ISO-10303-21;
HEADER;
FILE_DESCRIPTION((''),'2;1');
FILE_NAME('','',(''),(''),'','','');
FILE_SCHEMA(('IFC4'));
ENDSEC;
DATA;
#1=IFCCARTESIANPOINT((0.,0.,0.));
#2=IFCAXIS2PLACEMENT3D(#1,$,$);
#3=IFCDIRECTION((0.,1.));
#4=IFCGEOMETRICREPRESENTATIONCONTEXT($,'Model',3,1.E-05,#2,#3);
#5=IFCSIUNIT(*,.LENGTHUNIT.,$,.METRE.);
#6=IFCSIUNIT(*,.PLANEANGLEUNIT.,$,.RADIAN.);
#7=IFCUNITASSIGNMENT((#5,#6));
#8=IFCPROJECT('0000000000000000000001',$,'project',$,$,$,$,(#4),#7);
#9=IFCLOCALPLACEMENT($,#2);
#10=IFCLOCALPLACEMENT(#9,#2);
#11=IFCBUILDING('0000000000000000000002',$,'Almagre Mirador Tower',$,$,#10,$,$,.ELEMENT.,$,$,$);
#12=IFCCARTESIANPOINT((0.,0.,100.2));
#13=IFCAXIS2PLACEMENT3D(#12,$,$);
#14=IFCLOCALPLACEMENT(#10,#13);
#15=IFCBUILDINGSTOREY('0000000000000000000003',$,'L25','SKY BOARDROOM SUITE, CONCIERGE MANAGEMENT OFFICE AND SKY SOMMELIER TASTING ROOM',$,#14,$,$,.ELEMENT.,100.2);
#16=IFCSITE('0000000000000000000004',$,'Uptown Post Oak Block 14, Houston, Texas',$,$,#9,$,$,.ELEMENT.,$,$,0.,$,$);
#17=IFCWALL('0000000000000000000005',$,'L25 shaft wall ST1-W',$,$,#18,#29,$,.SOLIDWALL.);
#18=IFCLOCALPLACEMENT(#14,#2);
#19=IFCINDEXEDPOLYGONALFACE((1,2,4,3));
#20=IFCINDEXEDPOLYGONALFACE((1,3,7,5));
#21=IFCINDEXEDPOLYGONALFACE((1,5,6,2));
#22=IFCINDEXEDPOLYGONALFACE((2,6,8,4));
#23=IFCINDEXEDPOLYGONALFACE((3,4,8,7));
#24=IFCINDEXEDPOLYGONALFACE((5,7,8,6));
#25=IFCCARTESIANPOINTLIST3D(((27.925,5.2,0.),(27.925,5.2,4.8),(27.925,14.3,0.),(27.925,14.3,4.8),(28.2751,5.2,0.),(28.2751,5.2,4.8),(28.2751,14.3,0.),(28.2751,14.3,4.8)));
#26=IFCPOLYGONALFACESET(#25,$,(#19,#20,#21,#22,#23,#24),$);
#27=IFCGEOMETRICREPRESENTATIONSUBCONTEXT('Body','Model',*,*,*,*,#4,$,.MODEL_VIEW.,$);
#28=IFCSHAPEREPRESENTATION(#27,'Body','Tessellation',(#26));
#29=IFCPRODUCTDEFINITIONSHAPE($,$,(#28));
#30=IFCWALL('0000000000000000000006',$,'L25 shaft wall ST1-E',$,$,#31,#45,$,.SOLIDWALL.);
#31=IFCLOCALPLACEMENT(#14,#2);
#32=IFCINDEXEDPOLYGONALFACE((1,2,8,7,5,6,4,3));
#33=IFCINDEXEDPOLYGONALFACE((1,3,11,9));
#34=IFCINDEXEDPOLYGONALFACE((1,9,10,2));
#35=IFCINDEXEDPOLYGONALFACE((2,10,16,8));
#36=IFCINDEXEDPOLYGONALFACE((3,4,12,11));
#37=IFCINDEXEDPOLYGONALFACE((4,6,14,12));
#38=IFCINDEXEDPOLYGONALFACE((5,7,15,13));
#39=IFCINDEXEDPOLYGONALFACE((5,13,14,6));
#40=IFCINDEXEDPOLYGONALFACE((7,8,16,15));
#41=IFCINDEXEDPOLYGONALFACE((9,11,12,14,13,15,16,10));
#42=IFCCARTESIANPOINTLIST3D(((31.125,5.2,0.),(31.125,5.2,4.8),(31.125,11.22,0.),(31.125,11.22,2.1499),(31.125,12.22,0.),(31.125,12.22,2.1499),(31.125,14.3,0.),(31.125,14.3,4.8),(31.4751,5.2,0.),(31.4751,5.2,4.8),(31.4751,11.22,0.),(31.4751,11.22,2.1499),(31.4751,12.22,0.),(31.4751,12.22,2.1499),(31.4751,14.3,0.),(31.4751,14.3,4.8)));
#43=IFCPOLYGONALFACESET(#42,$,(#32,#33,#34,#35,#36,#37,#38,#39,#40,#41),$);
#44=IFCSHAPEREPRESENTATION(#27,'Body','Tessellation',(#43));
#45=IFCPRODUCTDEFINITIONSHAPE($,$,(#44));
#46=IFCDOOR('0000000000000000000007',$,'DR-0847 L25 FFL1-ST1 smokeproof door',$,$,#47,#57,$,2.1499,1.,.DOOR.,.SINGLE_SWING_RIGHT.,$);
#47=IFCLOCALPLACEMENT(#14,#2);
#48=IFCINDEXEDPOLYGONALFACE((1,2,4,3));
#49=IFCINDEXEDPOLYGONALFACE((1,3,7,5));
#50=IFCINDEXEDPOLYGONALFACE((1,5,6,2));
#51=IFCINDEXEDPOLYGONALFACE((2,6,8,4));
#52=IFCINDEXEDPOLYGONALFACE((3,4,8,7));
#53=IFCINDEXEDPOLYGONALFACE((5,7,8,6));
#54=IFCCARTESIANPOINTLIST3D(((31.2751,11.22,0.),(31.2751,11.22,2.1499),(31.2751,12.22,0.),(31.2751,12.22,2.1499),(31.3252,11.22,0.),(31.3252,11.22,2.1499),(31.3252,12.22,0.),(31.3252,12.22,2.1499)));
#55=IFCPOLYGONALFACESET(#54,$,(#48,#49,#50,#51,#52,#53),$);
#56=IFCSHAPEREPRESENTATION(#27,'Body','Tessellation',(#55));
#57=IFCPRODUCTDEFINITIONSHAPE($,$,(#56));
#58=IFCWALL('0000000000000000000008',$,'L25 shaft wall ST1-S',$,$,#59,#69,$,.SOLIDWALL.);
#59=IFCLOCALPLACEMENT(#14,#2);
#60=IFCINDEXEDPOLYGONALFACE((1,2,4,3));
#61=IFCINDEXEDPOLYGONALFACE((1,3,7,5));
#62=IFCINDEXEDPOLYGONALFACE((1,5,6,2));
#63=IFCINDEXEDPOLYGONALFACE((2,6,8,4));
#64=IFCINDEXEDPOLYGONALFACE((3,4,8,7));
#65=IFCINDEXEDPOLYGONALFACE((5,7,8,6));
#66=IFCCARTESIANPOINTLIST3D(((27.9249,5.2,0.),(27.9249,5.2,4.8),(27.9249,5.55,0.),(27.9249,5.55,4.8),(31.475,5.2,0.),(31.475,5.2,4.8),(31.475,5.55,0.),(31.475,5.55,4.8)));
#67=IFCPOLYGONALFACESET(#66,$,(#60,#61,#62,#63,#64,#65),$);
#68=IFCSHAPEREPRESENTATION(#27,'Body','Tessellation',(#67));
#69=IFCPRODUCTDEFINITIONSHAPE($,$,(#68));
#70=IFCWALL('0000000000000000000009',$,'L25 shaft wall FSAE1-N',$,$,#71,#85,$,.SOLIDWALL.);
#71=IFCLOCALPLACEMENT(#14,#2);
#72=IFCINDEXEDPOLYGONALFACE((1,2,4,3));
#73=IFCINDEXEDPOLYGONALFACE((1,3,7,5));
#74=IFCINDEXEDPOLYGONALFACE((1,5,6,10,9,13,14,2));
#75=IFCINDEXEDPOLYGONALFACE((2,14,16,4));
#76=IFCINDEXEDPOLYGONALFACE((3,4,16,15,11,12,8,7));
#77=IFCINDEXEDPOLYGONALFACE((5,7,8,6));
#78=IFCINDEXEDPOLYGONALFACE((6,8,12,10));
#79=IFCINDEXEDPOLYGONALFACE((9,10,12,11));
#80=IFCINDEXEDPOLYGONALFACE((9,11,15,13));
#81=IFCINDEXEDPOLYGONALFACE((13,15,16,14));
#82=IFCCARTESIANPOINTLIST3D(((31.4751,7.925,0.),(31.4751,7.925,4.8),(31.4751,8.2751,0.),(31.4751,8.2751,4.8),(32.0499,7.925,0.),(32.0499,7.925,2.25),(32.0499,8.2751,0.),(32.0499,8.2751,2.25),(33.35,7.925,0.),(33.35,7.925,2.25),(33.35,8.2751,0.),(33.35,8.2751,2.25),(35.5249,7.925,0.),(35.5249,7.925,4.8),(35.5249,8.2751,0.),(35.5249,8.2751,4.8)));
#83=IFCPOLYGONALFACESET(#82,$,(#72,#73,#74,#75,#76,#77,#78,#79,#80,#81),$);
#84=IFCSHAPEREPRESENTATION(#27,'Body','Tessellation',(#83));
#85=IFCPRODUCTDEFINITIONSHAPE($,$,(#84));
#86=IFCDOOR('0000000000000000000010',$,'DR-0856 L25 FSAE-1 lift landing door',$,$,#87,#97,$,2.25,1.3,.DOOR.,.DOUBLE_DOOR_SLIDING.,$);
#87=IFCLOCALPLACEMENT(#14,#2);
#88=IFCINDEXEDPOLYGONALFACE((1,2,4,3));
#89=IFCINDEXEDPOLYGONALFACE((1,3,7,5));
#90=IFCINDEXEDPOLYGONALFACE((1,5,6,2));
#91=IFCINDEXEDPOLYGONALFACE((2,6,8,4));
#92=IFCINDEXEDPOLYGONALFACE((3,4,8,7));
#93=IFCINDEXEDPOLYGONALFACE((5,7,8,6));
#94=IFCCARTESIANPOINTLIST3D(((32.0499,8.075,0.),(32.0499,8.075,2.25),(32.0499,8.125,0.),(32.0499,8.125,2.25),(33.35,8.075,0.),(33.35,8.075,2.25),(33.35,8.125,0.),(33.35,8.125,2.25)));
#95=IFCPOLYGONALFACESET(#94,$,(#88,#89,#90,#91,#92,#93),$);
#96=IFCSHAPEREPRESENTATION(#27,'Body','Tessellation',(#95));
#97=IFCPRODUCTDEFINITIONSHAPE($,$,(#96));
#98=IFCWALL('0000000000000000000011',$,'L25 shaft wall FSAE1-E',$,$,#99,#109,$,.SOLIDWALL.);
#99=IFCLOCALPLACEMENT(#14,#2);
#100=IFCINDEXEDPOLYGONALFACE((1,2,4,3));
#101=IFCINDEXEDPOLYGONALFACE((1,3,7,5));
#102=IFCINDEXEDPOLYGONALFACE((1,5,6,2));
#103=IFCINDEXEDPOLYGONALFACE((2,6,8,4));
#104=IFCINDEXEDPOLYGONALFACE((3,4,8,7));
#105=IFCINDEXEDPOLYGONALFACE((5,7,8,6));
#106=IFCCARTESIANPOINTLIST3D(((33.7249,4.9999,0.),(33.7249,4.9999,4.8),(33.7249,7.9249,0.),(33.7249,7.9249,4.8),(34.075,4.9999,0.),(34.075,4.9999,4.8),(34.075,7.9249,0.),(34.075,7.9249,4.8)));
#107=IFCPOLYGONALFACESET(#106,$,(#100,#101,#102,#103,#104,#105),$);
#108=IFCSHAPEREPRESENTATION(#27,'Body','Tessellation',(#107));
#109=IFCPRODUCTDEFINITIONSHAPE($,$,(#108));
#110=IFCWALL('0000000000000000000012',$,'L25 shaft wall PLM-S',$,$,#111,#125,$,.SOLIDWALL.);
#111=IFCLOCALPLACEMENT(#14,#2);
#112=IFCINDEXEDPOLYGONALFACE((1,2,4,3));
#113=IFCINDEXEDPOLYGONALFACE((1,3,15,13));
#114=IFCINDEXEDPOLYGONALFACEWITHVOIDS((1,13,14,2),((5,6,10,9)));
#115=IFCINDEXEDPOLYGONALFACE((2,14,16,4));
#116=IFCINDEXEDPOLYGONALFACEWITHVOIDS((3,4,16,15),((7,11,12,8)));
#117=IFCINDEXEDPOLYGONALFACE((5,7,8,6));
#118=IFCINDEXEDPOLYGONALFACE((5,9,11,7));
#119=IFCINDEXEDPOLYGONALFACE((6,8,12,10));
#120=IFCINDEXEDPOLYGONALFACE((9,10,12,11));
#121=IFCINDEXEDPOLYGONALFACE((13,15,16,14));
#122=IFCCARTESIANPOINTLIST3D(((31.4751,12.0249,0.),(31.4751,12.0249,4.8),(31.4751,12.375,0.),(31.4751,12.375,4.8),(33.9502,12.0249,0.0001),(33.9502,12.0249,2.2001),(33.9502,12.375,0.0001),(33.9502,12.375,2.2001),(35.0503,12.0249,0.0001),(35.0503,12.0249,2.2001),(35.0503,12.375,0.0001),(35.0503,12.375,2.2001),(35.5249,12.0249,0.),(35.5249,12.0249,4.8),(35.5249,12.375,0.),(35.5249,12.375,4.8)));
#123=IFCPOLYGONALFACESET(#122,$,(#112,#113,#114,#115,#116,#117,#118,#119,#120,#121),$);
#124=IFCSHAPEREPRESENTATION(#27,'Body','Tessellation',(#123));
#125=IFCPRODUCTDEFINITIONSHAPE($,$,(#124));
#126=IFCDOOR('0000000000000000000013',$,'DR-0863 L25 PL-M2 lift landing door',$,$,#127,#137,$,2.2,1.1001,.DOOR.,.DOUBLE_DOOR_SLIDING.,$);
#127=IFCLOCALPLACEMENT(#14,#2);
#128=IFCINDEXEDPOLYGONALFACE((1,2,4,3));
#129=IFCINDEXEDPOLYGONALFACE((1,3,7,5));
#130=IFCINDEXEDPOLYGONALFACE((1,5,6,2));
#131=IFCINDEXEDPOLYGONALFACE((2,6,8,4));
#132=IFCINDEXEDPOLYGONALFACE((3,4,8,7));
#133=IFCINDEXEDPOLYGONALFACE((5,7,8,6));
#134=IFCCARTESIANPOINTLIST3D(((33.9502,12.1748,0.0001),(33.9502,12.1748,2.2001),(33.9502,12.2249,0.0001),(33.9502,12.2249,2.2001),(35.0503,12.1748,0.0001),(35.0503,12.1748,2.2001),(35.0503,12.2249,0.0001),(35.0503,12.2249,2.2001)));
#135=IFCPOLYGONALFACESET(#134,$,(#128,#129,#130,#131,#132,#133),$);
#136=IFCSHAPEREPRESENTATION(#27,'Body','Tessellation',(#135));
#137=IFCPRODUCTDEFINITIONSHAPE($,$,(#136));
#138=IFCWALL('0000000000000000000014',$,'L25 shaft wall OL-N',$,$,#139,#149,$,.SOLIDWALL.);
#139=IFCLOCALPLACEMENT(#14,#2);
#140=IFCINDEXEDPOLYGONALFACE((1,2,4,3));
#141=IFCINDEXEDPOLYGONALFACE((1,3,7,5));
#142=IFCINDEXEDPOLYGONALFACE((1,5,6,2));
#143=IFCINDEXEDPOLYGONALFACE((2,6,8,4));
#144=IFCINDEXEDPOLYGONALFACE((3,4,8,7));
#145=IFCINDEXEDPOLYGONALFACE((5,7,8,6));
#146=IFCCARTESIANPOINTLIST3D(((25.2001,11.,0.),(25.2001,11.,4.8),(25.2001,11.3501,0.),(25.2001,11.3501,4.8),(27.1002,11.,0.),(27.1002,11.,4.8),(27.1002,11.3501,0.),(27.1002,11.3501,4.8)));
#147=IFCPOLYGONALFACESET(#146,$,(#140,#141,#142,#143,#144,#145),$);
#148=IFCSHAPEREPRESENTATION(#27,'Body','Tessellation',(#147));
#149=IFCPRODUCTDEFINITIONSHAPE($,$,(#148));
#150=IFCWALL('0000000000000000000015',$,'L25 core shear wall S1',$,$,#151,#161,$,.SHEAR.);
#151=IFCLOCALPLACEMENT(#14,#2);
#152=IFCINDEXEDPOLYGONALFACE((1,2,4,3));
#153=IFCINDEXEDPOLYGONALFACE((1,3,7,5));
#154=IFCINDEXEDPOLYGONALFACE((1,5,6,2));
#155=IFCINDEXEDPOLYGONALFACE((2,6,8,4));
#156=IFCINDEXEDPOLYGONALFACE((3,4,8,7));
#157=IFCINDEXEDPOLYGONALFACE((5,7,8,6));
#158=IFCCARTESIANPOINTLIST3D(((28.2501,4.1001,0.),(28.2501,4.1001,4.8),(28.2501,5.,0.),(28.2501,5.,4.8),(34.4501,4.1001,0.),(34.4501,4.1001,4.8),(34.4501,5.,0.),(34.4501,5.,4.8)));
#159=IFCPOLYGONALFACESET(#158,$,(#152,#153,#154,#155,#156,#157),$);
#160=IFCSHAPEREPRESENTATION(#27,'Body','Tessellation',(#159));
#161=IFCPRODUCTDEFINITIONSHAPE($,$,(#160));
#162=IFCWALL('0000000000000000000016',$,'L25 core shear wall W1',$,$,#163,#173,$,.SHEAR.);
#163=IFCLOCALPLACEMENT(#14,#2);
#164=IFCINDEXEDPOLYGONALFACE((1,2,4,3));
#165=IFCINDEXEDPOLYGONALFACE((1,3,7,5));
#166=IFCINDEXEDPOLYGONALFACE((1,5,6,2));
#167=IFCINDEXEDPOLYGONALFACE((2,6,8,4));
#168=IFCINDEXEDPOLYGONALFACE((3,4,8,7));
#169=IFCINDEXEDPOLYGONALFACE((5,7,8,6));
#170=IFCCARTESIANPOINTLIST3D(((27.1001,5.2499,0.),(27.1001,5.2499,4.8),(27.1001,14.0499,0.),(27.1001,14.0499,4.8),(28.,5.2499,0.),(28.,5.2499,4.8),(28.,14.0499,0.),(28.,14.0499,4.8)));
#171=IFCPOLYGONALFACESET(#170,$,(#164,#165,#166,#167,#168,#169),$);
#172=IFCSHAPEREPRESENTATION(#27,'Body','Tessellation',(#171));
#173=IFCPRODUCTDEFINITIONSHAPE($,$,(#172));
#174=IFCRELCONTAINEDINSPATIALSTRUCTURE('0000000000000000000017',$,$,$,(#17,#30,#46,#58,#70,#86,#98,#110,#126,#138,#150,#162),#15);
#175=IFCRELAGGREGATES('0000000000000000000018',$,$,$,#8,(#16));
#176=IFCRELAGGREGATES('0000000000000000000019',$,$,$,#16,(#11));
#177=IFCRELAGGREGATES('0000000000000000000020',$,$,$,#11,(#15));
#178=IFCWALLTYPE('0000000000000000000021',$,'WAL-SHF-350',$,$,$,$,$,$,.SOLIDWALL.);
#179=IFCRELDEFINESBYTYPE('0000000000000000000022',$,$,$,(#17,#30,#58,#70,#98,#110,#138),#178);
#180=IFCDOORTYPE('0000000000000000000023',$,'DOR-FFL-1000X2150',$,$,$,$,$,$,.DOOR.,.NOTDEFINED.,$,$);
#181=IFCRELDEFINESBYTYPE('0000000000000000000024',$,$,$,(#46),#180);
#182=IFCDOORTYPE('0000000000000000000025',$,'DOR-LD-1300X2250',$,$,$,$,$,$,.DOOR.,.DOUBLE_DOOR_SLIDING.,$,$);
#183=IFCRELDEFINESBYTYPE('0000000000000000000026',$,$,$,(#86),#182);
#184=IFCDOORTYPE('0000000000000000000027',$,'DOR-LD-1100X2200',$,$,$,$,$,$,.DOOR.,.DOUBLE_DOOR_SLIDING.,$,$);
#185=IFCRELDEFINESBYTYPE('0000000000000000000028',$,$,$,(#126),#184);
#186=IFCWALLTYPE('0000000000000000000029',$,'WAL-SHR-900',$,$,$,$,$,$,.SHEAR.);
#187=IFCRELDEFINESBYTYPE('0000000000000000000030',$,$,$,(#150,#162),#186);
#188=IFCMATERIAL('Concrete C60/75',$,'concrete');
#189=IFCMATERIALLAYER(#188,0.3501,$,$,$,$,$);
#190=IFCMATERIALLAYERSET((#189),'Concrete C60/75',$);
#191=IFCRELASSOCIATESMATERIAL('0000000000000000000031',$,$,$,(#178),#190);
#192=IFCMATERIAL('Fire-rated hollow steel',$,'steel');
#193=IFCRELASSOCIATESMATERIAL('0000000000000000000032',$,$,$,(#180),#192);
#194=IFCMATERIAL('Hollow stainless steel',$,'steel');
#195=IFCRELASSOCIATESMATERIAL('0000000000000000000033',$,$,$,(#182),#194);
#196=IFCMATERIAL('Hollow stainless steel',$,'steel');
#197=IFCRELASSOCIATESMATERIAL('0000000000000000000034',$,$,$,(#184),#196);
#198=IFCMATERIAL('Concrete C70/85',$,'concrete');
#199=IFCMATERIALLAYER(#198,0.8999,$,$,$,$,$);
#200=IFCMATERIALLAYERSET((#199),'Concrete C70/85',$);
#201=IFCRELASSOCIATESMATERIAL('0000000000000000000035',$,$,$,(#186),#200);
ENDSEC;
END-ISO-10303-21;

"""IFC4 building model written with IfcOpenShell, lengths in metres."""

from ifc_helpers import new_model, si_unit, direction, frame, frame_2d, origin, place, context, subcontext, project, spatial, rectangle, extrude, material, layer, layer_set, type_object, element, fill, save


model = new_model("IFC4")

# Units and contexts
model_context = context("Model", 3, precision=1e-05, world=origin(), true_north=direction((0.0, 1.0)))
body_context = subcontext(model_context, "Body", "Model", "MODEL_VIEW")
ifc_project = project(units=[si_unit("LENGTHUNIT", "METRE"), si_unit("PLANEANGLEUNIT", "RADIAN")], contexts=[model_context])

# Site, building, storey
site_placement = place(None, origin())
site = spatial("IfcSite", under=ifc_project, at=site_placement, Name="Uptown Post Oak Block 14, Houston, Texas", CompositionType="ELEMENT", RefElevation=0.0)
building_placement = place(site_placement, origin())
building = spatial("IfcBuilding", under=site, at=building_placement, Name="Almagre Mirador Tower", CompositionType="ELEMENT")
storey_placement = place(building_placement, frame((0.0, 0.0, 100.2)))
storey = spatial("IfcBuildingStorey", under=building, at=storey_placement, Name="L25", Description="SKY BOARDROOM SUITE, CONCIERGE MANAGEMENT OFFICE AND SKY SOMMELIER TASTING ROOM", CompositionType="ELEMENT", Elevation=100.2)

# Wall
ifc_material_1 = material(Name="Concrete C60/75", Category="concrete")
ifc_layer_1 = layer(ifc_material_1, 0.3501)
ifc_layer_set_1 = layer_set([ifc_layer_1], Name="Concrete C60/75")
wall_type_1 = type_object("IfcWallType", Name="WAL-SHF-350", PredefinedType="SOLIDWALL", material=ifc_layer_set_1)
wall_1_placement = place(storey_placement, frame((28.1001, 5.2, 0.0), z_axis=(0.0, 0.0, 1.0), x_axis=(0.0, 1.0, 0.0)))
element("IfcWall", 1, at=wall_1_placement, inside=storey, type_object=wall_type_1, Name="L25 shaft wall ST1-W", PredefinedType="SOLIDWALL", context=body_context, shape_type="SweptSolid", body=[
    extrude(rectangle(XDim=9.1001, YDim=0.3501, at=frame_2d((4.55, 0.0))), origin(), (0.0, 0.0, 1.0), 4.8),
])

# Wall, opening, door
wall_2_placement = place(storey_placement, frame((31.3, 5.2, 0.0), z_axis=(0.0, 0.0, 1.0), x_axis=(0.0, 1.0, 0.0)))
wall_2 = element("IfcWall", 2, at=wall_2_placement, inside=storey, type_object=wall_type_1, Name="L25 shaft wall ST1-E", PredefinedType="SOLIDWALL", context=body_context, shape_type="SweptSolid", body=[
    extrude(rectangle(XDim=9.1001, YDim=0.3501, at=frame_2d((4.55, 0.0))), origin(), (0.0, 0.0, 1.0), 4.8),
])
opening_1_placement = place(wall_2_placement, frame((6.02, 0.0, 0.0)))
opening_1 = element("IfcOpeningElement", 3, at=opening_1_placement, cuts=wall_2, PredefinedType="OPENING", context=body_context, shape_type="SweptSolid", body=[
    extrude(rectangle(XDim=1.0, YDim=2.1499, at=frame_2d((0.5, 1.075))), frame((0.0, 0.185, 0.0), z_axis=(0.0, -1.0, 0.0), x_axis=(1.0, 0.0, 0.0)), (0.0, 0.0, 1.0), 0.3701),
])
ifc_material_2 = material(Name="Fire-rated hollow steel", Category="steel")
door_type_1 = type_object("IfcDoorType", Name="DOR-FFL-1000X2150", OperationType="NOTDEFINED", PredefinedType="DOOR", material=ifc_material_2)
door_1_placement = place(opening_1_placement, origin())
door_1 = element("IfcDoor", 4, at=door_1_placement, inside=storey, type_object=door_type_1, Name="DR-0847 L25 FFL1-ST1 smokeproof door", OperationType="SINGLE_SWING_RIGHT", OverallHeight=2.1499, OverallWidth=1.0, PredefinedType="DOOR", context=body_context, shape_type="SweptSolid", body=[
    extrude(rectangle(XDim=1.0, YDim=2.1499, at=frame_2d((0.5, 1.075))), frame((0.0, 0.0249, 0.0), z_axis=(0.0, -1.0, 0.0), x_axis=(1.0, 0.0, 0.0)), (0.0, 0.0, 1.0), 0.05),
])
fill(opening_1, door_1)

# Wall
wall_3_placement = place(storey_placement, frame((27.925, 5.375, 0.0), z_axis=(0.0, 0.0, 1.0), x_axis=(1.0, 0.0, 0.0)))
element("IfcWall", 5, at=wall_3_placement, inside=storey, type_object=wall_type_1, Name="L25 shaft wall ST1-S", PredefinedType="SOLIDWALL", context=body_context, shape_type="SweptSolid", body=[
    extrude(rectangle(XDim=3.55, YDim=0.3501, at=frame_2d((1.7749, 0.0))), origin(), (0.0, 0.0, 1.0), 4.8),
])

# Wall, opening, door
wall_4_placement = place(storey_placement, frame((31.4751, 8.1001, 0.0), z_axis=(0.0, 0.0, 1.0), x_axis=(1.0, 0.0, 0.0)))
wall_4 = element("IfcWall", 6, at=wall_4_placement, inside=storey, type_object=wall_type_1, Name="L25 shaft wall FSAE1-N", PredefinedType="SOLIDWALL", context=body_context, shape_type="SweptSolid", body=[
    extrude(rectangle(XDim=4.0498, YDim=0.3501, at=frame_2d((2.0249, 0.0))), origin(), (0.0, 0.0, 1.0), 4.8),
])
opening_2_placement = place(wall_4_placement, frame((0.575, 0.0, 0.0)))
opening_2 = element("IfcOpeningElement", 7, at=opening_2_placement, cuts=wall_4, PredefinedType="OPENING", context=body_context, shape_type="SweptSolid", body=[
    extrude(rectangle(XDim=1.3, YDim=2.25, at=frame_2d((0.6499, 1.125))), frame((0.0, 0.185, 0.0), z_axis=(0.0, -1.0, 0.0), x_axis=(1.0, 0.0, 0.0)), (0.0, 0.0, 1.0), 0.3701),
])
ifc_material_3 = material(Name="Hollow stainless steel", Category="steel")
door_type_2 = type_object("IfcDoorType", Name="DOR-LD-1300X2250", OperationType="DOUBLE_DOOR_SLIDING", PredefinedType="DOOR", material=ifc_material_3)
door_2_placement = place(opening_2_placement, origin())
door_2 = element("IfcDoor", 8, at=door_2_placement, inside=storey, type_object=door_type_2, Name="DR-0856 L25 FSAE-1 lift landing door", OperationType="DOUBLE_DOOR_SLIDING", OverallHeight=2.25, OverallWidth=1.3, PredefinedType="DOOR", context=body_context, shape_type="SweptSolid", body=[
    extrude(rectangle(XDim=1.3, YDim=2.25, at=frame_2d((0.6499, 1.125))), frame((0.0, 0.0249, 0.0), z_axis=(0.0, -1.0, 0.0), x_axis=(1.0, 0.0, 0.0)), (0.0, 0.0, 1.0), 0.05),
])
fill(opening_2, door_2)

# Wall
wall_5_placement = place(storey_placement, frame((33.8999, 5.0, 0.0), z_axis=(0.0, 0.0, 1.0), x_axis=(0.0, 1.0, 0.0)))
element("IfcWall", 9, at=wall_5_placement, inside=storey, type_object=wall_type_1, Name="L25 shaft wall FSAE1-E", PredefinedType="SOLIDWALL", context=body_context, shape_type="SweptSolid", body=[
    extrude(rectangle(XDim=2.925, YDim=0.3501, at=frame_2d((1.4624, 0.0))), origin(), (0.0, 0.0, 1.0), 4.8),
])

# Wall, opening, door
wall_6_placement = place(storey_placement, frame((31.4751, 12.2, 0.0), z_axis=(0.0, 0.0, 1.0), x_axis=(1.0, 0.0, 0.0)))
wall_6 = element("IfcWall", 10, at=wall_6_placement, inside=storey, type_object=wall_type_1, Name="L25 shaft wall PLM-S", PredefinedType="SOLIDWALL", context=body_context, shape_type="SweptSolid", body=[
    extrude(rectangle(XDim=4.0498, YDim=0.3501, at=frame_2d((2.0249, 0.0))), origin(), (0.0, 0.0, 1.0), 4.8),
])
opening_3_placement = place(wall_6_placement, frame((2.4751, 0.0, 0.0)))
opening_3 = element("IfcOpeningElement", 11, at=opening_3_placement, cuts=wall_6, PredefinedType="OPENING", context=body_context, shape_type="SweptSolid", body=[
    extrude(rectangle(XDim=1.1001, YDim=2.2, at=frame_2d((0.55, 1.1001))), frame((0.0, 0.185, 0.0), z_axis=(0.0, -1.0, 0.0), x_axis=(1.0, 0.0, 0.0)), (0.0, 0.0, 1.0), 0.3701),
])
ifc_material_4 = material(Name="Hollow stainless steel", Category="steel")
door_type_3 = type_object("IfcDoorType", Name="DOR-LD-1100X2200", OperationType="DOUBLE_DOOR_SLIDING", PredefinedType="DOOR", material=ifc_material_4)
door_3_placement = place(opening_3_placement, origin())
door_3 = element("IfcDoor", 12, at=door_3_placement, inside=storey, type_object=door_type_3, Name="DR-0863 L25 PL-M2 lift landing door", OperationType="DOUBLE_DOOR_SLIDING", OverallHeight=2.2, OverallWidth=1.1001, PredefinedType="DOOR", context=body_context, shape_type="SweptSolid", body=[
    extrude(rectangle(XDim=1.1001, YDim=2.2, at=frame_2d((0.55, 1.1001))), frame((0.0, 0.0249, 0.0), z_axis=(0.0, -1.0, 0.0), x_axis=(1.0, 0.0, 0.0)), (0.0, 0.0, 1.0), 0.05),
])
fill(opening_3, door_3)

# Walls
wall_7_placement = place(storey_placement, frame((25.2, 11.175, 0.0), z_axis=(0.0, 0.0, 1.0), x_axis=(1.0, 0.0, 0.0)))
element("IfcWall", 13, at=wall_7_placement, inside=storey, type_object=wall_type_1, Name="L25 shaft wall OL-N", PredefinedType="SOLIDWALL", context=body_context, shape_type="SweptSolid", body=[
    extrude(rectangle(XDim=1.9001, YDim=0.3501, at=frame_2d((0.9502, 0.0))), origin(), (0.0, 0.0, 1.0), 4.8),
])
ifc_material_5 = material(Name="Concrete C70/85", Category="concrete")
ifc_layer_2 = layer(ifc_material_5, 0.8999)
ifc_layer_set_2 = layer_set([ifc_layer_2], Name="Concrete C70/85")
wall_type_2 = type_object("IfcWallType", Name="WAL-SHR-900", PredefinedType="SHEAR", material=ifc_layer_set_2)
wall_8_placement = place(storey_placement, frame((28.25, 4.55, 0.0), z_axis=(0.0, 0.0, 1.0), x_axis=(1.0, 0.0, 0.0)))
element("IfcWall", 14, at=wall_8_placement, inside=storey, type_object=wall_type_2, Name="L25 core shear wall S1", PredefinedType="SHEAR", context=body_context, shape_type="SweptSolid", body=[
    extrude(rectangle(XDim=6.2, YDim=0.8999, at=frame_2d((3.1001, 0.0))), origin(), (0.0, 0.0, 1.0), 4.8),
])
wall_9_placement = place(storey_placement, frame((27.55, 5.25, 0.0), z_axis=(0.0, 0.0, 1.0), x_axis=(0.0, 1.0, 0.0)))
element("IfcWall", 15, at=wall_9_placement, inside=storey, type_object=wall_type_2, Name="L25 core shear wall W1", PredefinedType="SHEAR", context=body_context, shape_type="SweptSolid", body=[
    extrude(rectangle(XDim=8.8, YDim=0.8999, at=frame_2d((4.3999, 0.0))), origin(), (0.0, 0.0, 1.0), 4.8),
])

save(model, "model.ifc")
